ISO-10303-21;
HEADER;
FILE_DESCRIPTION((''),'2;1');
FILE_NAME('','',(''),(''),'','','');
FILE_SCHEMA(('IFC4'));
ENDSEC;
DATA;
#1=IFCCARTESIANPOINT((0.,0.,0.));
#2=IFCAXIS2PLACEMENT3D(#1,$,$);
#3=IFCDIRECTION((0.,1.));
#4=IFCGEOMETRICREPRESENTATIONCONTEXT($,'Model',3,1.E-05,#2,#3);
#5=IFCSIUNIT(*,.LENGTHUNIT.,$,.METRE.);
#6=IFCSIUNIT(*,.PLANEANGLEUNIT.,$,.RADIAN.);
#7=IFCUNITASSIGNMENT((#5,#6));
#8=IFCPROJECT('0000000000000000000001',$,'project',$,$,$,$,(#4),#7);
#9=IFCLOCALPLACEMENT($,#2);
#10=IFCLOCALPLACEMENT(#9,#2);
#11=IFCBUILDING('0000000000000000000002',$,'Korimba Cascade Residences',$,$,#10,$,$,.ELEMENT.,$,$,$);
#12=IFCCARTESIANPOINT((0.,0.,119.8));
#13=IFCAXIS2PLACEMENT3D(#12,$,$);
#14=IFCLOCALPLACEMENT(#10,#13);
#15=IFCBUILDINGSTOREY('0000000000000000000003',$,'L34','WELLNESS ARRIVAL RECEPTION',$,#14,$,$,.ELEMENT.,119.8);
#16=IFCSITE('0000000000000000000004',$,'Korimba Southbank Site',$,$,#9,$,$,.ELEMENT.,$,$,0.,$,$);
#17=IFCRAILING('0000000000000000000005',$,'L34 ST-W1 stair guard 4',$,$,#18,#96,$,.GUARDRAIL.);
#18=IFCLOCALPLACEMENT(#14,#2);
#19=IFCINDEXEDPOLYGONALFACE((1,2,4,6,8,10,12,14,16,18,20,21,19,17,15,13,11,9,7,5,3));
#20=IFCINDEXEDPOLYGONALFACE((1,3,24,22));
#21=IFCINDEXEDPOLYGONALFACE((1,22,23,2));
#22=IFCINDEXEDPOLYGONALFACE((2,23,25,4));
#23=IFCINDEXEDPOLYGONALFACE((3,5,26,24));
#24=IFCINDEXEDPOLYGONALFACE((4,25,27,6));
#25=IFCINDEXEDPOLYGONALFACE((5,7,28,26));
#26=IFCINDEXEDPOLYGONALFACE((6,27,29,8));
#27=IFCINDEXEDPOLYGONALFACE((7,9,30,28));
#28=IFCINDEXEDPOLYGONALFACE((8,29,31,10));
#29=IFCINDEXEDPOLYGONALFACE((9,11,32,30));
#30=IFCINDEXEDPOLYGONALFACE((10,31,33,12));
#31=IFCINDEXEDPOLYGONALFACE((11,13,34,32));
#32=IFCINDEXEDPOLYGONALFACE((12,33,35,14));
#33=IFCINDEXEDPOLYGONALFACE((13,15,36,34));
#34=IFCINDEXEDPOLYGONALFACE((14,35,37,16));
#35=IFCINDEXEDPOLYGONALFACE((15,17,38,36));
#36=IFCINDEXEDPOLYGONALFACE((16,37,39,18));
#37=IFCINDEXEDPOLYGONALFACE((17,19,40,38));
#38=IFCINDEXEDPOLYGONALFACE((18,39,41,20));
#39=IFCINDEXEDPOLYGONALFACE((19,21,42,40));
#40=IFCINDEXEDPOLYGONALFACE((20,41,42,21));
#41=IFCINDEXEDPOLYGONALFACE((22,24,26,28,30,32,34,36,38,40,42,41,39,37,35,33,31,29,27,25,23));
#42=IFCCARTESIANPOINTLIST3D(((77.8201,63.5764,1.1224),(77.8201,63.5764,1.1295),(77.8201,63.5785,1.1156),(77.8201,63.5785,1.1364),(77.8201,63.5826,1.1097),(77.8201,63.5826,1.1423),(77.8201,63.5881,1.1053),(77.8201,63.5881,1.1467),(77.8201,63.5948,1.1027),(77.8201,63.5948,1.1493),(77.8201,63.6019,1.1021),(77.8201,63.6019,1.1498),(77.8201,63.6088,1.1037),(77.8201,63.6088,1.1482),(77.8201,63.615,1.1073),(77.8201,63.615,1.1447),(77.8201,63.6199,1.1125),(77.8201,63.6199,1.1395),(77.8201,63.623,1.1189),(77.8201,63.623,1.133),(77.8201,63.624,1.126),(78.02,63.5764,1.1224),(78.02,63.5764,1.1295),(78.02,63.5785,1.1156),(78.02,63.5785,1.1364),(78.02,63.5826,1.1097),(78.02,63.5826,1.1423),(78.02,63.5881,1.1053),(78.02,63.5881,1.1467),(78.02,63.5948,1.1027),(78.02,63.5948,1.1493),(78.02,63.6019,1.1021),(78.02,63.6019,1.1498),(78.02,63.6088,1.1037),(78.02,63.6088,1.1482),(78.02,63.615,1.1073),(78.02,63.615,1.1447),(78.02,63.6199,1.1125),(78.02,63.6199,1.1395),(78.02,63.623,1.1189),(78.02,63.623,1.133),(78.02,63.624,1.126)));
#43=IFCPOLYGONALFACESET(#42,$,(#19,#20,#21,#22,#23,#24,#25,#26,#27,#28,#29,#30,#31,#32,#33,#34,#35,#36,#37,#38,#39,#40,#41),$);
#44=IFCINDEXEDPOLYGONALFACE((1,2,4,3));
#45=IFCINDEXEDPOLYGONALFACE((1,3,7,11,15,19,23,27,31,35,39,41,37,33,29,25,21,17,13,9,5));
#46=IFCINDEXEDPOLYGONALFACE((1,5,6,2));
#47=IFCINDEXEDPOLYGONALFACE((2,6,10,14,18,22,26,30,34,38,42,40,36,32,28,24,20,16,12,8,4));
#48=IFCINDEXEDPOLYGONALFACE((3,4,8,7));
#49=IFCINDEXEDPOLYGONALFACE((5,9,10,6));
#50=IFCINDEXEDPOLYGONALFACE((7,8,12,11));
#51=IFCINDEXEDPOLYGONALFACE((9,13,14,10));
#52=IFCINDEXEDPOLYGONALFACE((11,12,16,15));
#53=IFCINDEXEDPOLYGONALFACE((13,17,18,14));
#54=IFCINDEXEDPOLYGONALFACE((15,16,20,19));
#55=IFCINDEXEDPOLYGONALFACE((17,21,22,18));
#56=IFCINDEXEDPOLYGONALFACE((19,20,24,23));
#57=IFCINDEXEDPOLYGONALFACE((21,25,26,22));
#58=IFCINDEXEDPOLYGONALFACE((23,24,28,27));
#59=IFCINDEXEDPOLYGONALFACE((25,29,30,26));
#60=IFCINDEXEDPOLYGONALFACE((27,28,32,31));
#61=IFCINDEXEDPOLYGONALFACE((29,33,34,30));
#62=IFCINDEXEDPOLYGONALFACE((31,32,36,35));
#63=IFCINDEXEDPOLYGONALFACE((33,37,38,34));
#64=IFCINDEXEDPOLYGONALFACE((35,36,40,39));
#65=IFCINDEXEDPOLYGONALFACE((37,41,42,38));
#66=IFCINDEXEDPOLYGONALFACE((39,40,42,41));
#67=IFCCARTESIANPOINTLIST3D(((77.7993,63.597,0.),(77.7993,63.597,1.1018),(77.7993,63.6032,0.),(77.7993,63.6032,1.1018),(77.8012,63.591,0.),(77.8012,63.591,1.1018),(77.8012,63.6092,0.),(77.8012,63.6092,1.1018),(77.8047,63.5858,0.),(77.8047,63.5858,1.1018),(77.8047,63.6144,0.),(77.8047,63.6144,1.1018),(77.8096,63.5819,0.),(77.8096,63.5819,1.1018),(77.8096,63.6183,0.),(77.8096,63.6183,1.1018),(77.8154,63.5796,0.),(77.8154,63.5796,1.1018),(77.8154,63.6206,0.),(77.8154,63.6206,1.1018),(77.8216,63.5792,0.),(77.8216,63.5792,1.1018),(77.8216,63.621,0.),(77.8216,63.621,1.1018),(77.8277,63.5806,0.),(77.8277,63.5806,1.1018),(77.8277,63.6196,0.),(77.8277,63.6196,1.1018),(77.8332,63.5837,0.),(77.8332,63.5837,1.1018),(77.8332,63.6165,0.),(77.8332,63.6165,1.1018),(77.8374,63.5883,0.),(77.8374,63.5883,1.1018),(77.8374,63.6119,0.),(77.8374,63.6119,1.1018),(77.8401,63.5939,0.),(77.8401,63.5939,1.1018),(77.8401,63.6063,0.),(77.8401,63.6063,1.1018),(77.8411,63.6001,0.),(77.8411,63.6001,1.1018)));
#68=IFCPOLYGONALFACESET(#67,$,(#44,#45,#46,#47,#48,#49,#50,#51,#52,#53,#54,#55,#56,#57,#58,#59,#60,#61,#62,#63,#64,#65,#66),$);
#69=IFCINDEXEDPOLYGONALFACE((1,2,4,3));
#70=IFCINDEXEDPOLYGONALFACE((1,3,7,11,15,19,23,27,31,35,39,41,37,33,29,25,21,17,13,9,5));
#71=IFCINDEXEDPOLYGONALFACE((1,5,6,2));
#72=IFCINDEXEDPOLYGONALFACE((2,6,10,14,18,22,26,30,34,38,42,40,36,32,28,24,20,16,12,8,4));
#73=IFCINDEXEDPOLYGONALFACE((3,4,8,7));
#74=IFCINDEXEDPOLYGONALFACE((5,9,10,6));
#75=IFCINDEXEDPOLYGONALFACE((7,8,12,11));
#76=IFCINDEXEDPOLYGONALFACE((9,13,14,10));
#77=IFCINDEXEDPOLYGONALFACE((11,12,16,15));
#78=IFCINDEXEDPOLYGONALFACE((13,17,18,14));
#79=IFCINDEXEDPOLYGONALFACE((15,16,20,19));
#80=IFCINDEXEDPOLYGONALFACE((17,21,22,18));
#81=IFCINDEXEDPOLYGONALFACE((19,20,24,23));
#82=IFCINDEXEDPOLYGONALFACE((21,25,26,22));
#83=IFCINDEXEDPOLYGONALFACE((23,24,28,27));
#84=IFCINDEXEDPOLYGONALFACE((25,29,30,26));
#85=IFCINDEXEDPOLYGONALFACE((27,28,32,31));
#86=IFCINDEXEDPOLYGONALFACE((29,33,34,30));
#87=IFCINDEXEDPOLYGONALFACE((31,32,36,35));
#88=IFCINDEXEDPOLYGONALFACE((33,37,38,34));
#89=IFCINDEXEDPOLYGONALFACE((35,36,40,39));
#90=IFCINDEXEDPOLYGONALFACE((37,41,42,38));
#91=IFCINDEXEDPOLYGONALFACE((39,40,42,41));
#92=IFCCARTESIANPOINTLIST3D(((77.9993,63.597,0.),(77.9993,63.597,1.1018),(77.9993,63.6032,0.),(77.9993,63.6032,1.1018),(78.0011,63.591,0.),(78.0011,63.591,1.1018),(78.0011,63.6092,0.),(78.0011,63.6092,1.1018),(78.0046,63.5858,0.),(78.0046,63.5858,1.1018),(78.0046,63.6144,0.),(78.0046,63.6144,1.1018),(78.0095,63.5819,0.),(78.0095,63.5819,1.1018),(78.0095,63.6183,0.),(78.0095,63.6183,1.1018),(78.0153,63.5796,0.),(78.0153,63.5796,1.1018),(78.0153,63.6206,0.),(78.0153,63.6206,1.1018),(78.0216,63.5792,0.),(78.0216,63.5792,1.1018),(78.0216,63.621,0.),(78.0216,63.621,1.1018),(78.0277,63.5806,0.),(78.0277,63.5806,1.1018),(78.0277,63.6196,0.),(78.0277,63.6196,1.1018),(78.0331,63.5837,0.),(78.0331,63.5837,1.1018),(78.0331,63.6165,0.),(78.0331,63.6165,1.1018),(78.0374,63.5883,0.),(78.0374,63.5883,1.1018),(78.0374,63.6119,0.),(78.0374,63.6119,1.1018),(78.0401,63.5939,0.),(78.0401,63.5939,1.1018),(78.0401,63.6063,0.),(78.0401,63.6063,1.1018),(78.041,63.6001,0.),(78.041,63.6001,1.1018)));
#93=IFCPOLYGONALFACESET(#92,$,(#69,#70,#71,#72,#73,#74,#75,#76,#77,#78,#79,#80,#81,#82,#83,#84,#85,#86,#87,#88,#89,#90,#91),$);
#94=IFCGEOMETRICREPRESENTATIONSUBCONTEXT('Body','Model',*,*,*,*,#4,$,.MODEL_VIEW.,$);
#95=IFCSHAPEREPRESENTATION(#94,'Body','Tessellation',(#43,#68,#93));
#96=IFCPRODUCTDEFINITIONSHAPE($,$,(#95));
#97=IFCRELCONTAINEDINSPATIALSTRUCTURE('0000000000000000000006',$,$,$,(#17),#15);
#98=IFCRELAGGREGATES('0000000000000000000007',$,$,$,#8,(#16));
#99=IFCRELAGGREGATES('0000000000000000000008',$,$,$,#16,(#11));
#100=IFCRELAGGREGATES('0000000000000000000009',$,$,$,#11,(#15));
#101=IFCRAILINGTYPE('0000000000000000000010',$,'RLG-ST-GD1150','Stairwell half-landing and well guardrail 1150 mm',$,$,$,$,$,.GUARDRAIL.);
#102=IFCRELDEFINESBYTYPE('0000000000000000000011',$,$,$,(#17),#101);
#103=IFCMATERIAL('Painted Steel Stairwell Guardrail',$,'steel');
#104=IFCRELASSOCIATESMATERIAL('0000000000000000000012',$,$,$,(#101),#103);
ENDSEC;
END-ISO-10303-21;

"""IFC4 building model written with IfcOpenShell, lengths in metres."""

from ifc_helpers import new_model, si_unit, direction, frame, origin, origin_2d, place, context, subcontext, project, spatial, circle, extrude, material, type_object, element, save


model = new_model("IFC4")

# Units and contexts
model_context = context("Model", 3, precision=1e-05, world=origin(), true_north=direction((0.0, 1.0)))
body_context = subcontext(model_context, "Body", "Model", "MODEL_VIEW")
ifc_project = project(units=[si_unit("LENGTHUNIT", "METRE"), si_unit("PLANEANGLEUNIT", "RADIAN")], contexts=[model_context])

# Site, building, storey
site_placement = place(None, origin())
site = spatial("IfcSite", under=ifc_project, at=site_placement, Name="Korimba Southbank Site", CompositionType="ELEMENT", RefElevation=0.0)
building_placement = place(site_placement, origin())
building = spatial("IfcBuilding", under=site, at=building_placement, Name="Korimba Cascade Residences", CompositionType="ELEMENT")
storey_placement = place(building_placement, frame((0.0, 0.0, 119.8)))
storey = spatial("IfcBuildingStorey", under=building, at=storey_placement, Name="L34", Description="WELLNESS ARRIVAL RECEPTION", CompositionType="ELEMENT", Elevation=119.8)

# Railing
ifc_material_1 = material(Name="Painted Steel Stairwell Guardrail", Category="steel")
railing_type_1 = type_object("IfcRailingType", Name="RLG-ST-GD1150", Description="Stairwell half-landing and well guardrail 1150 mm", PredefinedType="GUARDRAIL", material=ifc_material_1)
railing_1_placement = place(storey_placement, frame((77.8201, 63.6001, 0.0)))
element("IfcRailing", 1, at=railing_1_placement, inside=storey, type_object=railing_type_1, Name="L34 ST-W1 stair guard 4", PredefinedType="GUARDRAIL", context=body_context, shape_type="SweptSolid", body=[
    extrude(circle(Radius=0.0239, at=origin_2d()), frame((0.0, 0.0, 1.126), z_axis=(1.0, 0.0, 0.0), x_axis=(0.0, 1.0, 0.0)), (0.0, 0.0, 1.0), 0.2),
    extrude(circle(Radius=0.021, at=origin_2d()), origin(), (0.0, 0.0, 1.0), 1.1018),
    extrude(circle(Radius=0.021, at=origin_2d()), frame((0.2, 0.0, 0.0)), (0.0, 0.0, 1.0), 1.1018),
])

save(model, "model.ifc")
